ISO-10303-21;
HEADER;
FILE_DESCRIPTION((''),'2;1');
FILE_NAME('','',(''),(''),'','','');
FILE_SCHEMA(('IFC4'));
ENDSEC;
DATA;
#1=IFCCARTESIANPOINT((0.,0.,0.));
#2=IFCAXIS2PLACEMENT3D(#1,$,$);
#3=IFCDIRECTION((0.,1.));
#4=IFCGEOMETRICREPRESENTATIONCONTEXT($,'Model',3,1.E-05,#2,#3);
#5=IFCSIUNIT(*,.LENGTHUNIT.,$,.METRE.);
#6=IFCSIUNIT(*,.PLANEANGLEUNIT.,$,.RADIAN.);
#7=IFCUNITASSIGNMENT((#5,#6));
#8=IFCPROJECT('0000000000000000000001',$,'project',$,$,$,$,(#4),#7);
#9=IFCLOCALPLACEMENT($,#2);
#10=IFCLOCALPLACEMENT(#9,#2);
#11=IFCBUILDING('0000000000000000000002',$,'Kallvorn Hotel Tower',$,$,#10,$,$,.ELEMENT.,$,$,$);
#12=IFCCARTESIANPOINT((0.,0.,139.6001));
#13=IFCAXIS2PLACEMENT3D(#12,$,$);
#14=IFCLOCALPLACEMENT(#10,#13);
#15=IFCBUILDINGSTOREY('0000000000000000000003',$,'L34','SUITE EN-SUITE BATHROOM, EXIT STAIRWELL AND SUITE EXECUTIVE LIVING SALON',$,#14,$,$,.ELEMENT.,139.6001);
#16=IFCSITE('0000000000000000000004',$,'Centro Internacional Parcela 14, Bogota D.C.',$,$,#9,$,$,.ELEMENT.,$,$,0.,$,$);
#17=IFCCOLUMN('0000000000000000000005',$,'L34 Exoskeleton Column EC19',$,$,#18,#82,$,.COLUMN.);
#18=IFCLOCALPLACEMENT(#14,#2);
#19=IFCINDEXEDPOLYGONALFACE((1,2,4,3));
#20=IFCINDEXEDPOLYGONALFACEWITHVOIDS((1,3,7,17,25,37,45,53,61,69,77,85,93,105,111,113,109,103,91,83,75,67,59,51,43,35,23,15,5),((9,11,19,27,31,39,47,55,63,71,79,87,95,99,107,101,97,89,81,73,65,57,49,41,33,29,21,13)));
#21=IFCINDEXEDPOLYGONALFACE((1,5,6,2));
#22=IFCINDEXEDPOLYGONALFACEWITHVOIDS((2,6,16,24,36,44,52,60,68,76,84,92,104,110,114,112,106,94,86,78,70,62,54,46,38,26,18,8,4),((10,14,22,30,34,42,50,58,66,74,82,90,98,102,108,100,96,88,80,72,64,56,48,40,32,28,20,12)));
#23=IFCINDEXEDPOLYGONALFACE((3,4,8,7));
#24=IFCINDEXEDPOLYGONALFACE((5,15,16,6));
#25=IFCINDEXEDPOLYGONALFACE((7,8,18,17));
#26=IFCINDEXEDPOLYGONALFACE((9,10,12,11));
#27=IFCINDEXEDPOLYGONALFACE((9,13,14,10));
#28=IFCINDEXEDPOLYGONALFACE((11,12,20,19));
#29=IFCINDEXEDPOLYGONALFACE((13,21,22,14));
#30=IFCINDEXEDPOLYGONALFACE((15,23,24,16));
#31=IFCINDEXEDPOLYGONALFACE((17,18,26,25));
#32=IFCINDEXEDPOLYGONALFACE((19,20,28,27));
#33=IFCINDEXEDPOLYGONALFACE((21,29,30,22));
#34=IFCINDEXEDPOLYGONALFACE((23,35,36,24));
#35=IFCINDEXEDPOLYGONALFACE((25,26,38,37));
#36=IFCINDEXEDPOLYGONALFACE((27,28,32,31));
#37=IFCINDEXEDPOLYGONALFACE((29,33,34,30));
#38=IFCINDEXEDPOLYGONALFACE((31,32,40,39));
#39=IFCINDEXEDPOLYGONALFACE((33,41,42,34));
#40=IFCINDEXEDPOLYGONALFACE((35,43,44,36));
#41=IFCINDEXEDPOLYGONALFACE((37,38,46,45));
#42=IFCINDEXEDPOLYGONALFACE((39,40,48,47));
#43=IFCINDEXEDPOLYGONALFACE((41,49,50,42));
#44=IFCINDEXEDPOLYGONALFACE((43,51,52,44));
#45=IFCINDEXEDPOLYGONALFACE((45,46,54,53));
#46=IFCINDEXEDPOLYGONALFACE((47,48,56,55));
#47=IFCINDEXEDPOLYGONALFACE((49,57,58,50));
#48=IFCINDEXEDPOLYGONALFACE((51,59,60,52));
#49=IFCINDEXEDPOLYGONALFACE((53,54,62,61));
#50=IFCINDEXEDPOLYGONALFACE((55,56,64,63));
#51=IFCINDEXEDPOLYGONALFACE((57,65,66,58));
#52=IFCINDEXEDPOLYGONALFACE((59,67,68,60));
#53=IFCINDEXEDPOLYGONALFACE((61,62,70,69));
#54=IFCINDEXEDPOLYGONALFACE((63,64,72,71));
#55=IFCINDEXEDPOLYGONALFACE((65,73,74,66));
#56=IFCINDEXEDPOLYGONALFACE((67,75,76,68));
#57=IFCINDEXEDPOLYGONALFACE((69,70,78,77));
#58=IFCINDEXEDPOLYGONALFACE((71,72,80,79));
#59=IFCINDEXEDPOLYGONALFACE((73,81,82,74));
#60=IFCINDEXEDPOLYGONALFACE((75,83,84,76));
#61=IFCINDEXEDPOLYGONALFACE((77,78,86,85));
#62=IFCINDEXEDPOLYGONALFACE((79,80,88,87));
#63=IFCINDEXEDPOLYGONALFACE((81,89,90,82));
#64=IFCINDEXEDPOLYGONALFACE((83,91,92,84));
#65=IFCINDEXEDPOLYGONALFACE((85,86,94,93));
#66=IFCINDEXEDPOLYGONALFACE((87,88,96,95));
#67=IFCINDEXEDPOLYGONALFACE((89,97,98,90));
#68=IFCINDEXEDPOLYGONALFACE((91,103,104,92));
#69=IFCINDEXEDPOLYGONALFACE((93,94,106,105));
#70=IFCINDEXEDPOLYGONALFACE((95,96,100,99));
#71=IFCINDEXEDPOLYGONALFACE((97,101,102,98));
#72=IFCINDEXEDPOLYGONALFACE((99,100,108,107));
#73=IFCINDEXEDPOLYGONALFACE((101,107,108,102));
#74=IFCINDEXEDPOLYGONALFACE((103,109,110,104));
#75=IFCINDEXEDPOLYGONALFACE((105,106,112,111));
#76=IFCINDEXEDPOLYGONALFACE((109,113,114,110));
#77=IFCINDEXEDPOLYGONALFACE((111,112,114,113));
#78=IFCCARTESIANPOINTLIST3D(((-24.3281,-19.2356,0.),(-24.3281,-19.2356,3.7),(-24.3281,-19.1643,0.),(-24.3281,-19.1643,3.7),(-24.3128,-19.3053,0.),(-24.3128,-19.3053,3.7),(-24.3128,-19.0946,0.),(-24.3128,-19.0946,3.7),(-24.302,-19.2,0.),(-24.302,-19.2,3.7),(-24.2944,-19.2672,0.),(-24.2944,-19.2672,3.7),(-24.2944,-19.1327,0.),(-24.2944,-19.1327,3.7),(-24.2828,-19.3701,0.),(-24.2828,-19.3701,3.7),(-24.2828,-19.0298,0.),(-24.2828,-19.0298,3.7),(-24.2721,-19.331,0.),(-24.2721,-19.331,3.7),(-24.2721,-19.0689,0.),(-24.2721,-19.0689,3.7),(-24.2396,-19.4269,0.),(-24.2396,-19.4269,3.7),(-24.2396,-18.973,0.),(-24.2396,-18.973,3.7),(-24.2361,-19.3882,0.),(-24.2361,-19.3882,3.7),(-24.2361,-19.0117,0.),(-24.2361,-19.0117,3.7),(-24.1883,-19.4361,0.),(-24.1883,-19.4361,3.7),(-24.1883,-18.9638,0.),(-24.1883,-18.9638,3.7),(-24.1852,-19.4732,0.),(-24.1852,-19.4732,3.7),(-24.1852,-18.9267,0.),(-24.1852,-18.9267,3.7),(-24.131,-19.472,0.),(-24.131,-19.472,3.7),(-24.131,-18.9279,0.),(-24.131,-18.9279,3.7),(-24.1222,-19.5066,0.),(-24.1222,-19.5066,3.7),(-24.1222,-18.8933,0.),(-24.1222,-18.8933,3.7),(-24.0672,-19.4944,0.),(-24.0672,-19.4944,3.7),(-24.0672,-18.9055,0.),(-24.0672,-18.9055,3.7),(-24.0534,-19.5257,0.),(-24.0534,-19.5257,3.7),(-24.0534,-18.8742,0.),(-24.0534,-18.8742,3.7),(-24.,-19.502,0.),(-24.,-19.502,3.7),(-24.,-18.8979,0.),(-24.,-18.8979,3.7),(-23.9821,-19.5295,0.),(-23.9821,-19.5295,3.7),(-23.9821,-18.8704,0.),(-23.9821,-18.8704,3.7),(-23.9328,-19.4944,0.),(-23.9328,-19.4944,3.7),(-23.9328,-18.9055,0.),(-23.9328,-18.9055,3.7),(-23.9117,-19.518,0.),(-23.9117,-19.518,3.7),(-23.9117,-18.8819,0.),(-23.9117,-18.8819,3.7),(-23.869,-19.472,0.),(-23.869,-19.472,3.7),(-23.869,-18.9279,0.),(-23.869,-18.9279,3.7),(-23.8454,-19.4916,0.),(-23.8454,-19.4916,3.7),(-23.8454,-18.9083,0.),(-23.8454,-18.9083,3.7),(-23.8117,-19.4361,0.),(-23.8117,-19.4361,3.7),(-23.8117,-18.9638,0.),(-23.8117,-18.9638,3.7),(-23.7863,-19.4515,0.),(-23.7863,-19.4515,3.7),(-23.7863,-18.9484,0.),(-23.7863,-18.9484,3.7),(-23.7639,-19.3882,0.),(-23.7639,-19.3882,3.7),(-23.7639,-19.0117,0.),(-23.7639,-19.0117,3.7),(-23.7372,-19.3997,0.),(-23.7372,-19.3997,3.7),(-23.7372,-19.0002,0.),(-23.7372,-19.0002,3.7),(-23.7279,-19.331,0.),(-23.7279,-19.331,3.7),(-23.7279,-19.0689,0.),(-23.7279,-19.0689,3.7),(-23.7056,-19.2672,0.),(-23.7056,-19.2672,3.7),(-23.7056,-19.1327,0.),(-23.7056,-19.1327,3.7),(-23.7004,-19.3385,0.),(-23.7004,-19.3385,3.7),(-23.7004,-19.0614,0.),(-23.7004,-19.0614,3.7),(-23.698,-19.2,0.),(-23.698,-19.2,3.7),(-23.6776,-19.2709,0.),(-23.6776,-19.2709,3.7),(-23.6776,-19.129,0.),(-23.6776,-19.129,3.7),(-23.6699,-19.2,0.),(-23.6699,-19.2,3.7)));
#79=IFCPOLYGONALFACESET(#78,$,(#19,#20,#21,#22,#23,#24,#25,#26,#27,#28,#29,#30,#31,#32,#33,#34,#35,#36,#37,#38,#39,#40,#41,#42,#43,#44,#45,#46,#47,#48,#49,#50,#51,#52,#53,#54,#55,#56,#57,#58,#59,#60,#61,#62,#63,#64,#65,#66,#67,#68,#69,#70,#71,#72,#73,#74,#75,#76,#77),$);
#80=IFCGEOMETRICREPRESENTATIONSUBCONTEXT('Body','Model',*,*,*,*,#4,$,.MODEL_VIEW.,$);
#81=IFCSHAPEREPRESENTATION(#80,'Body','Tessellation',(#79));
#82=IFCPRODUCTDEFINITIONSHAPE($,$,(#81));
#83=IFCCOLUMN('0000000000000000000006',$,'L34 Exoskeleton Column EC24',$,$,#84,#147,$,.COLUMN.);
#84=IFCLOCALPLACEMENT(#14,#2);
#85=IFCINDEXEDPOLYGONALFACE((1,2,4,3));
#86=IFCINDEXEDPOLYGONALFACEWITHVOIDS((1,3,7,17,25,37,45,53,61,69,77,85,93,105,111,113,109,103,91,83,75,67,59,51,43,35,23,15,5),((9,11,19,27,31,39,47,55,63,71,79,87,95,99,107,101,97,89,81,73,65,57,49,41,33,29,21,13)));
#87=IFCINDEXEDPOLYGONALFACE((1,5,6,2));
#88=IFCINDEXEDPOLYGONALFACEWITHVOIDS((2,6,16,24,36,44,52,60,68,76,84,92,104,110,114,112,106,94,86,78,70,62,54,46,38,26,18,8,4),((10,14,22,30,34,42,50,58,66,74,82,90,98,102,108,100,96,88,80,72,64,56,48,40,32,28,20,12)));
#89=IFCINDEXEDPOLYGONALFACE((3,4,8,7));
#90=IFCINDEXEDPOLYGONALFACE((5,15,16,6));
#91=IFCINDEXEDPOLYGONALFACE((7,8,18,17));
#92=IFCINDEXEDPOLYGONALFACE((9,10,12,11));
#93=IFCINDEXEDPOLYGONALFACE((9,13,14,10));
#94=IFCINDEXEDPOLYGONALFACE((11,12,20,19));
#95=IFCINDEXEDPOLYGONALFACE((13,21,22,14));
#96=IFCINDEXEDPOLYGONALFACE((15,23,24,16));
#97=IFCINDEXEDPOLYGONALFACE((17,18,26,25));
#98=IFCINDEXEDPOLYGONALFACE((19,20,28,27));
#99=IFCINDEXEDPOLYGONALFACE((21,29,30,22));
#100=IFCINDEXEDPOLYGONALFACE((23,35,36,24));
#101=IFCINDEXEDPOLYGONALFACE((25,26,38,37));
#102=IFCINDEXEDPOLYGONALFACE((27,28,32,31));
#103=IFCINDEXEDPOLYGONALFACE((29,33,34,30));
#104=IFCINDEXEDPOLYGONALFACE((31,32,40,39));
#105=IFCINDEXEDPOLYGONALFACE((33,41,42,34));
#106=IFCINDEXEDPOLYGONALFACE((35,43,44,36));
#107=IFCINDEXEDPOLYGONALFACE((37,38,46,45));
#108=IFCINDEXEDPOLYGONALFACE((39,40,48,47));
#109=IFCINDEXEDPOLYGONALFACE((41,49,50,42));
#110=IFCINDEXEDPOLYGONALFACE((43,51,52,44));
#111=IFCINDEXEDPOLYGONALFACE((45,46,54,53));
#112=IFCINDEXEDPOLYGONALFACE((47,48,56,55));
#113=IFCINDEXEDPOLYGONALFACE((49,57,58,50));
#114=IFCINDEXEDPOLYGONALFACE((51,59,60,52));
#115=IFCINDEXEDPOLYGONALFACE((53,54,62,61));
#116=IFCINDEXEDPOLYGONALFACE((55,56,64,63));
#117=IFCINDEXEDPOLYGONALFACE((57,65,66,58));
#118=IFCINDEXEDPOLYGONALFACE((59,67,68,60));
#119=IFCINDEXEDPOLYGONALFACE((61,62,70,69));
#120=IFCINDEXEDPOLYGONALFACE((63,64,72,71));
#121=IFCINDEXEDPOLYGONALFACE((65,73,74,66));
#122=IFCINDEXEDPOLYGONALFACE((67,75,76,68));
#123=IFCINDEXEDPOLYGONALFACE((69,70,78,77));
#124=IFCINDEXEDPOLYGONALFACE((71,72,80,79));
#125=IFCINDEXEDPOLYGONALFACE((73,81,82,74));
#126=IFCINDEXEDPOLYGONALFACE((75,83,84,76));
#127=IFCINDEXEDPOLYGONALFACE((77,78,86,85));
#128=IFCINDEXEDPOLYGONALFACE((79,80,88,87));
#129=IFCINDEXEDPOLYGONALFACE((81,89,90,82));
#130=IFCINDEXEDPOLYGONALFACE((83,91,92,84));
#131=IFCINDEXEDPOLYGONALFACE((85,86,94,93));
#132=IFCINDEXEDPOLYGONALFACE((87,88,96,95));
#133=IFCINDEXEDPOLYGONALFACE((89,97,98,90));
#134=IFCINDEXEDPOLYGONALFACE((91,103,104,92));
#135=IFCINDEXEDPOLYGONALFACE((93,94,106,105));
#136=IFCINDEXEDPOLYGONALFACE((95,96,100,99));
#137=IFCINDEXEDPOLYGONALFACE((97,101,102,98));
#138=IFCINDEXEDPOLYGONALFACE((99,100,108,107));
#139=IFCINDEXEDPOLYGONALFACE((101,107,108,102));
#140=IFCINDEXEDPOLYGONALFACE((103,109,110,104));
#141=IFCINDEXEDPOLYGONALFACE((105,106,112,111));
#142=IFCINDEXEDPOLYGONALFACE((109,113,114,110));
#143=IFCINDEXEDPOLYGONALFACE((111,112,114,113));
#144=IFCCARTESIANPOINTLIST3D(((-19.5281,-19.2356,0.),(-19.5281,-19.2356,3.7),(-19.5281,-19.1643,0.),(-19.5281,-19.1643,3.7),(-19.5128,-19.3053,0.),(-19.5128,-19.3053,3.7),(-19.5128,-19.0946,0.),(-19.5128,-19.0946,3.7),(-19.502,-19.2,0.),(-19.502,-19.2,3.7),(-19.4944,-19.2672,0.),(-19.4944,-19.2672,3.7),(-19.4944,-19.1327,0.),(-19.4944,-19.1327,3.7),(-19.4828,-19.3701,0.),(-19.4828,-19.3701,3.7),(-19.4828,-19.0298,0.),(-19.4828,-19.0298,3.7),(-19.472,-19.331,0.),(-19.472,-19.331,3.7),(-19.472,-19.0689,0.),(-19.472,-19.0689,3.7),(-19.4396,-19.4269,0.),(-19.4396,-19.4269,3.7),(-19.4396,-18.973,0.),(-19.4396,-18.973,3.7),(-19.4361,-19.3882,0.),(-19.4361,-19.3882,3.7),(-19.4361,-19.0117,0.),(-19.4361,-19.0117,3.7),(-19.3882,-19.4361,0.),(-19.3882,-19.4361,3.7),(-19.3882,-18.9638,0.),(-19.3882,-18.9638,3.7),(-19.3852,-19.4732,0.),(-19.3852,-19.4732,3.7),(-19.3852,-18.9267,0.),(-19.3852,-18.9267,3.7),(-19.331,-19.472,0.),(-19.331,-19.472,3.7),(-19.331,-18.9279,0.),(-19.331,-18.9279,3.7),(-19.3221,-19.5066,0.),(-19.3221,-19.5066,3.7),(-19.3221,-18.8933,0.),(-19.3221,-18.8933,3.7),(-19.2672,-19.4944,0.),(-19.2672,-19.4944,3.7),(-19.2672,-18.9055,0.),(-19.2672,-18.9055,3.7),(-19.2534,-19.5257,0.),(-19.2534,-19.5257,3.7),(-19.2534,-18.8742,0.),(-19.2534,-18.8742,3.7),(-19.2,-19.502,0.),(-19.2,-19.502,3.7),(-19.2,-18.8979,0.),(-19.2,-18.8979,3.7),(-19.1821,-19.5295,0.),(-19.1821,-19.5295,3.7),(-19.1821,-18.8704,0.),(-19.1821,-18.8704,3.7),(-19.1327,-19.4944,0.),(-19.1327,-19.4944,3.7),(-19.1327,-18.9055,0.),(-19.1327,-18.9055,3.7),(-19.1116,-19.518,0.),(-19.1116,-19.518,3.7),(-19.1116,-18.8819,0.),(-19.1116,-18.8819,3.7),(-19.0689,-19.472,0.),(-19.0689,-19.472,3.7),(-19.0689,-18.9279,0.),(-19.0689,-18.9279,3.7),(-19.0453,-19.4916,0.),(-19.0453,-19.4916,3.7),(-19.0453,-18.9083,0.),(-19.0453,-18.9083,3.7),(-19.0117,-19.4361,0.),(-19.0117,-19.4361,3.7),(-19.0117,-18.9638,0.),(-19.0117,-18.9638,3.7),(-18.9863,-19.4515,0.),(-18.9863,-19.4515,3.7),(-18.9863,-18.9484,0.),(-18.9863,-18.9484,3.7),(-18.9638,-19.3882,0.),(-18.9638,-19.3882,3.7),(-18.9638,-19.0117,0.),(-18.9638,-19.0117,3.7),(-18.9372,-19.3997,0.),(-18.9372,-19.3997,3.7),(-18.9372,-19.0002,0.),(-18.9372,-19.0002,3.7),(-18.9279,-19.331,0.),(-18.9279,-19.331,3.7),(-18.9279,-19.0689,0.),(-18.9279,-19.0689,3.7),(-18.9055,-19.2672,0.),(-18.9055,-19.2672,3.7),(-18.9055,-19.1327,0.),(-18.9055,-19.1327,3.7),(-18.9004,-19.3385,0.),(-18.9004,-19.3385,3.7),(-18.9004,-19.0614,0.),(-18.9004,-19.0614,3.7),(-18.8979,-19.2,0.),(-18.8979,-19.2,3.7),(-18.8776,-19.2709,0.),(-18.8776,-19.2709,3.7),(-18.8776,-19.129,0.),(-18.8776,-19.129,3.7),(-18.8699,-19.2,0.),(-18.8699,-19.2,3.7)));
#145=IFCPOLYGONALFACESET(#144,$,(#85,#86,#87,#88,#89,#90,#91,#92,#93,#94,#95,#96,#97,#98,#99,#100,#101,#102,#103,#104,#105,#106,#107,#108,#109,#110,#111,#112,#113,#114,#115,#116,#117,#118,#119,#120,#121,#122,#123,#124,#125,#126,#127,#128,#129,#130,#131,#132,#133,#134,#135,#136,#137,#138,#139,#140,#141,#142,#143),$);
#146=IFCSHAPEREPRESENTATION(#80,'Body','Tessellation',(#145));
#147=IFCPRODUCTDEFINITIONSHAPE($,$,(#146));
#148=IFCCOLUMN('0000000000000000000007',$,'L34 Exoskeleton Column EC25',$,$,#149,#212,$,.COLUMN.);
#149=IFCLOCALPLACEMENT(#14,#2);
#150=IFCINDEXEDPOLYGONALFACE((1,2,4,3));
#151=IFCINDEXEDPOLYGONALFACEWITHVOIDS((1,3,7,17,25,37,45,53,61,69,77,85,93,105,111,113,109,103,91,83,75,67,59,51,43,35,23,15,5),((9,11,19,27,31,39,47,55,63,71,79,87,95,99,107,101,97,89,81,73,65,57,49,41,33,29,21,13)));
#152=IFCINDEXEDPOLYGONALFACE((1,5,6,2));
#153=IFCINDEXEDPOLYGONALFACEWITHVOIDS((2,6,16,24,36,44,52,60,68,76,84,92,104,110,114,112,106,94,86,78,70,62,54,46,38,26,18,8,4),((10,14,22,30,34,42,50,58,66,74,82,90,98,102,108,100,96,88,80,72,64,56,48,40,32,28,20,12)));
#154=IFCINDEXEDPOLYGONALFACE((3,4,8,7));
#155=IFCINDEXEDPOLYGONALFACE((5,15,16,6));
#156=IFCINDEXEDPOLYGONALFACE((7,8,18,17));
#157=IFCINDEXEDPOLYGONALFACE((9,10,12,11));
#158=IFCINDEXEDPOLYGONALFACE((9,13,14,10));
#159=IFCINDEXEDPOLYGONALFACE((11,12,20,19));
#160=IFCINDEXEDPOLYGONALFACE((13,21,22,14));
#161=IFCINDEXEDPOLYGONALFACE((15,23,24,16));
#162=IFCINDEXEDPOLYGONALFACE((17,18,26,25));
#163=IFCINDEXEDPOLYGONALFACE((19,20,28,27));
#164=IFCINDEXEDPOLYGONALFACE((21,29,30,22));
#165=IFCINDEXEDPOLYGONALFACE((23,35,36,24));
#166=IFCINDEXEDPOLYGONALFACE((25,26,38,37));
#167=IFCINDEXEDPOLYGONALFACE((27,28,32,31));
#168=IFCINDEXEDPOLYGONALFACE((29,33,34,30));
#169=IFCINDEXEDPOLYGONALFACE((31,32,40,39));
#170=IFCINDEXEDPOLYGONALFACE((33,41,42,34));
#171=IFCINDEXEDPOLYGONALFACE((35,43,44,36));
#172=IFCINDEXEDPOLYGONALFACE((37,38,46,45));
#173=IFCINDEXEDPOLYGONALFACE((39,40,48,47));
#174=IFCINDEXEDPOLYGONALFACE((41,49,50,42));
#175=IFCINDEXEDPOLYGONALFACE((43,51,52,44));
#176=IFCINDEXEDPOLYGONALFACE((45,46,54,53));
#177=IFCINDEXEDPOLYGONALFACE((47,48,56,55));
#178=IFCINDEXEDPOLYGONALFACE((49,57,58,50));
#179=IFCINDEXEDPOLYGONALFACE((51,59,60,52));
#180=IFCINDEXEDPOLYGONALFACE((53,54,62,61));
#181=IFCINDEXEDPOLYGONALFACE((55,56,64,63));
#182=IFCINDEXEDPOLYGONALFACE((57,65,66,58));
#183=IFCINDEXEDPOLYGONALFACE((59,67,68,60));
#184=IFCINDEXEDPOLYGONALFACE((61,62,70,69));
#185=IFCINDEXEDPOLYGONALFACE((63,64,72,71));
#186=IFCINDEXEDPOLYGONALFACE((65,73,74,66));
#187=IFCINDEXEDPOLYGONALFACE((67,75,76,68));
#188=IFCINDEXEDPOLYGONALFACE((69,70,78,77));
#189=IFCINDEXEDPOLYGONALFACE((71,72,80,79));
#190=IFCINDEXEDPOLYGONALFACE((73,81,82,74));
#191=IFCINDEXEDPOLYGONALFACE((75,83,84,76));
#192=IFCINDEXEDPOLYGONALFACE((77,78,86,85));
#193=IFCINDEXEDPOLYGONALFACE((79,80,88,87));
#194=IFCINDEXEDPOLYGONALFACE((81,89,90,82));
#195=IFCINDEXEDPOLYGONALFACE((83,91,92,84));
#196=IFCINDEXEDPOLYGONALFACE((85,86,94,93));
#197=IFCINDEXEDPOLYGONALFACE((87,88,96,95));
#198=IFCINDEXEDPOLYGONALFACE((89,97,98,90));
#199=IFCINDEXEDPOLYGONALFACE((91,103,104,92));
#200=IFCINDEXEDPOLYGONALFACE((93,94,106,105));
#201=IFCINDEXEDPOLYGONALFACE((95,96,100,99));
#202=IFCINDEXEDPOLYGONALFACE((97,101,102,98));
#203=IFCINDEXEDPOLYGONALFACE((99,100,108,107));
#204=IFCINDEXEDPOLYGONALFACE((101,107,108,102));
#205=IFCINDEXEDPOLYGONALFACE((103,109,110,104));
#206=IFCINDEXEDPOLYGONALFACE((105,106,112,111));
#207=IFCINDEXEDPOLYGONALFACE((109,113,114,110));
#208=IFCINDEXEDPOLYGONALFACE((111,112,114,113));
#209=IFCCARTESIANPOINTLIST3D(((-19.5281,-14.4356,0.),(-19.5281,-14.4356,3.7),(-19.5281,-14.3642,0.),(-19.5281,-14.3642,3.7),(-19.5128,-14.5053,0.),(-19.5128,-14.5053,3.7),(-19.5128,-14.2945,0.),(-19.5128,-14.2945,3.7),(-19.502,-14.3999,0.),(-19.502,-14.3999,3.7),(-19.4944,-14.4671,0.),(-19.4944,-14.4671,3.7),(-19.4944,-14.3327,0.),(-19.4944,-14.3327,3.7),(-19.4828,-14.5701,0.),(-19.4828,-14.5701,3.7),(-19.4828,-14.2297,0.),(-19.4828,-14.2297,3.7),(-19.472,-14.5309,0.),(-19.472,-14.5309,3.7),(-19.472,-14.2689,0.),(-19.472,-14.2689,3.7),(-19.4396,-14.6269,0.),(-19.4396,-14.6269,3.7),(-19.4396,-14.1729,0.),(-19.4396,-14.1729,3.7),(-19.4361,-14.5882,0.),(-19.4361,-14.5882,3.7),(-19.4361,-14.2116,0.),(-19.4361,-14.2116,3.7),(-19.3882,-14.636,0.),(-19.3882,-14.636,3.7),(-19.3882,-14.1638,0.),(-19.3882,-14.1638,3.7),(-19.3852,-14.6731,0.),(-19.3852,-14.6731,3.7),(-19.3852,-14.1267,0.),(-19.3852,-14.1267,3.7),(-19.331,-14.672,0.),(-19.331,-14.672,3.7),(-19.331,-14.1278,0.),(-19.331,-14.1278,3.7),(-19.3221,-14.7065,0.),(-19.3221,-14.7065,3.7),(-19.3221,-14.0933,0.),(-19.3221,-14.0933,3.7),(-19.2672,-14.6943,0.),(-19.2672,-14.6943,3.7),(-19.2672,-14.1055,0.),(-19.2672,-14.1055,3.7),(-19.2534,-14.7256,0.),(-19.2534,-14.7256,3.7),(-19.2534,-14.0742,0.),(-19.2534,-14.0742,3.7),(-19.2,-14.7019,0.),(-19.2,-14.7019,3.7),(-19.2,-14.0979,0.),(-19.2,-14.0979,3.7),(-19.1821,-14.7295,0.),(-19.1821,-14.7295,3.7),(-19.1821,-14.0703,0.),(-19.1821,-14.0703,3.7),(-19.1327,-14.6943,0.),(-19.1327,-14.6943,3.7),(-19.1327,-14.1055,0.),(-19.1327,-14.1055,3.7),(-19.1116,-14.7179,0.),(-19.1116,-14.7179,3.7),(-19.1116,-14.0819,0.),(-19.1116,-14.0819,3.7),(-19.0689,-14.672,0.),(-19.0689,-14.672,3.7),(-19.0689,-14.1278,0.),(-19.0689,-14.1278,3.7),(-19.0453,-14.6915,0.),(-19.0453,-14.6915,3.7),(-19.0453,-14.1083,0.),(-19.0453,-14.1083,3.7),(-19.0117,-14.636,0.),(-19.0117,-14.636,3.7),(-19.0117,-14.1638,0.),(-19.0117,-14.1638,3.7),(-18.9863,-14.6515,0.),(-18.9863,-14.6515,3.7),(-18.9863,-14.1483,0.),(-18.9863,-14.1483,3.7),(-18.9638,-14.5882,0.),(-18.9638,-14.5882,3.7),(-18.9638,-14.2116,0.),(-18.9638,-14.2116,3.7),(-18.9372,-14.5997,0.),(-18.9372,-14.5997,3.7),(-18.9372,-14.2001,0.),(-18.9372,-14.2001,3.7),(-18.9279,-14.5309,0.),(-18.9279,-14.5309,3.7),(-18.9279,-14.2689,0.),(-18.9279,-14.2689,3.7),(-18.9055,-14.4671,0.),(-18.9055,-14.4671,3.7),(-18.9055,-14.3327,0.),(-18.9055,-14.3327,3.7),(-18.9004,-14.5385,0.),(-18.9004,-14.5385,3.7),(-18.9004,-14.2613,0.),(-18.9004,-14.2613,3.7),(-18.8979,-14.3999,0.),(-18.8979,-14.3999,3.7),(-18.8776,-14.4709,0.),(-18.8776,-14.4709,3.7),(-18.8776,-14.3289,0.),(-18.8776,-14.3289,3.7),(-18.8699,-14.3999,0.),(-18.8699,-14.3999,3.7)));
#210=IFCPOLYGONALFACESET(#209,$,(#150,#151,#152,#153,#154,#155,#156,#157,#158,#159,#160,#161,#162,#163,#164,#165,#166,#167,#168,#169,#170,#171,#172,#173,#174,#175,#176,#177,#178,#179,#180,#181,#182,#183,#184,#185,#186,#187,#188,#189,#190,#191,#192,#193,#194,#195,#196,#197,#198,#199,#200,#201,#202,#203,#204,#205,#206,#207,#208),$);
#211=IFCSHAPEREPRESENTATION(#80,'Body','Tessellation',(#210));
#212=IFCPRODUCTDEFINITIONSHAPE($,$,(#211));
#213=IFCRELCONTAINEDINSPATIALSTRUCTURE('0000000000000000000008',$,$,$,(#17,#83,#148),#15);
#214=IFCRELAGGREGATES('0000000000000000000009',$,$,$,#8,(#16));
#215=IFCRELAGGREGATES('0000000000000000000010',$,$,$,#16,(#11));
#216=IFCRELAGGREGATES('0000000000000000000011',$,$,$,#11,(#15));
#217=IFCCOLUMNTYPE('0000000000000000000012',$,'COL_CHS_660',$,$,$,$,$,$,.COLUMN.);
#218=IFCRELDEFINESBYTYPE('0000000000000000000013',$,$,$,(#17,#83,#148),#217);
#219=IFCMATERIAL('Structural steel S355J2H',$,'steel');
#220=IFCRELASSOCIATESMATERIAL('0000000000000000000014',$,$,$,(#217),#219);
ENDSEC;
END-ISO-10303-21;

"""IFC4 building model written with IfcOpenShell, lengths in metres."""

from ifc_helpers import new_model, si_unit, direction, frame, origin, origin_2d, place, context, subcontext, project, spatial, hollow_circle, extrude, material, material_profile, profile_set, type_object, element, save


model = new_model("IFC4")

# Units and contexts
model_context = context("Model", 3, precision=1e-05, world=origin(), true_north=direction((0.0, 1.0)))
body_context = subcontext(model_context, "Body", "Model", "MODEL_VIEW")
ifc_project = project(units=[si_unit("LENGTHUNIT", "METRE"), si_unit("PLANEANGLEUNIT", "RADIAN")], contexts=[model_context])

# Site, building, storey
site_placement = place(None, origin())
site = spatial("IfcSite", under=ifc_project, at=site_placement, Name="Centro Internacional Parcela 14, Bogota D.C.", CompositionType="ELEMENT", RefElevation=0.0)
building_placement = place(site_placement, origin())
building = spatial("IfcBuilding", under=site, at=building_placement, Name="Kallvorn Hotel Tower", CompositionType="ELEMENT")
storey_placement = place(building_placement, frame((0.0, 0.0, 139.6001)))
storey = spatial("IfcBuildingStorey", under=building, at=storey_placement, Name="L34", Description="SUITE EN-SUITE BATHROOM, EXIT STAIRWELL AND SUITE EXECUTIVE LIVING SALON", CompositionType="ELEMENT", Elevation=139.6001)

# Columns
ifc_material_1 = material(Name="Structural steel S355J2H", Category="steel")
ifc_material_profile_1 = material_profile(ifc_material_1, hollow_circle(Radius=0.3301, WallThickness=0.0281, at=origin_2d()), Name="CHS 660x28")
ifc_profile_set_1 = profile_set([ifc_material_profile_1], Name="Structural steel S355J2H")
column_type_1 = type_object("IfcColumnType", Name="COL_CHS_660", PredefinedType="COLUMN", material=ifc_profile_set_1)
for number, where, z_axis, x_axis, name in (
    (1, (-24.0, -19.2, 0.0), (0.0, 0.0, 1.0), (1.0, 0.0, 0.0), "L34 Exoskeleton Column EC19"),
    (2, (-19.2, -19.2, 0.0), (0.0, 0.0, 1.0), (1.0, 0.0, 0.0), "L34 Exoskeleton Column EC24"),
    (3, (-19.2, -14.3999, 0.0), (0.0, 0.0, 1.0), (1.0, 0.0, 0.0), "L34 Exoskeleton Column EC25"),
):
    element("IfcColumn", number, at=place(storey_placement, frame(where, z_axis=z_axis, x_axis=x_axis)), inside=storey, type_object=column_type_1, Name=name, PredefinedType="COLUMN", context=body_context, shape_type="SweptSolid", body=[
        extrude(hollow_circle(Radius=0.3301, WallThickness=0.0281, at=origin_2d()), origin(), (0.0, 0.0, 1.0), 3.7),
    ])

save(model, "model.ifc")
